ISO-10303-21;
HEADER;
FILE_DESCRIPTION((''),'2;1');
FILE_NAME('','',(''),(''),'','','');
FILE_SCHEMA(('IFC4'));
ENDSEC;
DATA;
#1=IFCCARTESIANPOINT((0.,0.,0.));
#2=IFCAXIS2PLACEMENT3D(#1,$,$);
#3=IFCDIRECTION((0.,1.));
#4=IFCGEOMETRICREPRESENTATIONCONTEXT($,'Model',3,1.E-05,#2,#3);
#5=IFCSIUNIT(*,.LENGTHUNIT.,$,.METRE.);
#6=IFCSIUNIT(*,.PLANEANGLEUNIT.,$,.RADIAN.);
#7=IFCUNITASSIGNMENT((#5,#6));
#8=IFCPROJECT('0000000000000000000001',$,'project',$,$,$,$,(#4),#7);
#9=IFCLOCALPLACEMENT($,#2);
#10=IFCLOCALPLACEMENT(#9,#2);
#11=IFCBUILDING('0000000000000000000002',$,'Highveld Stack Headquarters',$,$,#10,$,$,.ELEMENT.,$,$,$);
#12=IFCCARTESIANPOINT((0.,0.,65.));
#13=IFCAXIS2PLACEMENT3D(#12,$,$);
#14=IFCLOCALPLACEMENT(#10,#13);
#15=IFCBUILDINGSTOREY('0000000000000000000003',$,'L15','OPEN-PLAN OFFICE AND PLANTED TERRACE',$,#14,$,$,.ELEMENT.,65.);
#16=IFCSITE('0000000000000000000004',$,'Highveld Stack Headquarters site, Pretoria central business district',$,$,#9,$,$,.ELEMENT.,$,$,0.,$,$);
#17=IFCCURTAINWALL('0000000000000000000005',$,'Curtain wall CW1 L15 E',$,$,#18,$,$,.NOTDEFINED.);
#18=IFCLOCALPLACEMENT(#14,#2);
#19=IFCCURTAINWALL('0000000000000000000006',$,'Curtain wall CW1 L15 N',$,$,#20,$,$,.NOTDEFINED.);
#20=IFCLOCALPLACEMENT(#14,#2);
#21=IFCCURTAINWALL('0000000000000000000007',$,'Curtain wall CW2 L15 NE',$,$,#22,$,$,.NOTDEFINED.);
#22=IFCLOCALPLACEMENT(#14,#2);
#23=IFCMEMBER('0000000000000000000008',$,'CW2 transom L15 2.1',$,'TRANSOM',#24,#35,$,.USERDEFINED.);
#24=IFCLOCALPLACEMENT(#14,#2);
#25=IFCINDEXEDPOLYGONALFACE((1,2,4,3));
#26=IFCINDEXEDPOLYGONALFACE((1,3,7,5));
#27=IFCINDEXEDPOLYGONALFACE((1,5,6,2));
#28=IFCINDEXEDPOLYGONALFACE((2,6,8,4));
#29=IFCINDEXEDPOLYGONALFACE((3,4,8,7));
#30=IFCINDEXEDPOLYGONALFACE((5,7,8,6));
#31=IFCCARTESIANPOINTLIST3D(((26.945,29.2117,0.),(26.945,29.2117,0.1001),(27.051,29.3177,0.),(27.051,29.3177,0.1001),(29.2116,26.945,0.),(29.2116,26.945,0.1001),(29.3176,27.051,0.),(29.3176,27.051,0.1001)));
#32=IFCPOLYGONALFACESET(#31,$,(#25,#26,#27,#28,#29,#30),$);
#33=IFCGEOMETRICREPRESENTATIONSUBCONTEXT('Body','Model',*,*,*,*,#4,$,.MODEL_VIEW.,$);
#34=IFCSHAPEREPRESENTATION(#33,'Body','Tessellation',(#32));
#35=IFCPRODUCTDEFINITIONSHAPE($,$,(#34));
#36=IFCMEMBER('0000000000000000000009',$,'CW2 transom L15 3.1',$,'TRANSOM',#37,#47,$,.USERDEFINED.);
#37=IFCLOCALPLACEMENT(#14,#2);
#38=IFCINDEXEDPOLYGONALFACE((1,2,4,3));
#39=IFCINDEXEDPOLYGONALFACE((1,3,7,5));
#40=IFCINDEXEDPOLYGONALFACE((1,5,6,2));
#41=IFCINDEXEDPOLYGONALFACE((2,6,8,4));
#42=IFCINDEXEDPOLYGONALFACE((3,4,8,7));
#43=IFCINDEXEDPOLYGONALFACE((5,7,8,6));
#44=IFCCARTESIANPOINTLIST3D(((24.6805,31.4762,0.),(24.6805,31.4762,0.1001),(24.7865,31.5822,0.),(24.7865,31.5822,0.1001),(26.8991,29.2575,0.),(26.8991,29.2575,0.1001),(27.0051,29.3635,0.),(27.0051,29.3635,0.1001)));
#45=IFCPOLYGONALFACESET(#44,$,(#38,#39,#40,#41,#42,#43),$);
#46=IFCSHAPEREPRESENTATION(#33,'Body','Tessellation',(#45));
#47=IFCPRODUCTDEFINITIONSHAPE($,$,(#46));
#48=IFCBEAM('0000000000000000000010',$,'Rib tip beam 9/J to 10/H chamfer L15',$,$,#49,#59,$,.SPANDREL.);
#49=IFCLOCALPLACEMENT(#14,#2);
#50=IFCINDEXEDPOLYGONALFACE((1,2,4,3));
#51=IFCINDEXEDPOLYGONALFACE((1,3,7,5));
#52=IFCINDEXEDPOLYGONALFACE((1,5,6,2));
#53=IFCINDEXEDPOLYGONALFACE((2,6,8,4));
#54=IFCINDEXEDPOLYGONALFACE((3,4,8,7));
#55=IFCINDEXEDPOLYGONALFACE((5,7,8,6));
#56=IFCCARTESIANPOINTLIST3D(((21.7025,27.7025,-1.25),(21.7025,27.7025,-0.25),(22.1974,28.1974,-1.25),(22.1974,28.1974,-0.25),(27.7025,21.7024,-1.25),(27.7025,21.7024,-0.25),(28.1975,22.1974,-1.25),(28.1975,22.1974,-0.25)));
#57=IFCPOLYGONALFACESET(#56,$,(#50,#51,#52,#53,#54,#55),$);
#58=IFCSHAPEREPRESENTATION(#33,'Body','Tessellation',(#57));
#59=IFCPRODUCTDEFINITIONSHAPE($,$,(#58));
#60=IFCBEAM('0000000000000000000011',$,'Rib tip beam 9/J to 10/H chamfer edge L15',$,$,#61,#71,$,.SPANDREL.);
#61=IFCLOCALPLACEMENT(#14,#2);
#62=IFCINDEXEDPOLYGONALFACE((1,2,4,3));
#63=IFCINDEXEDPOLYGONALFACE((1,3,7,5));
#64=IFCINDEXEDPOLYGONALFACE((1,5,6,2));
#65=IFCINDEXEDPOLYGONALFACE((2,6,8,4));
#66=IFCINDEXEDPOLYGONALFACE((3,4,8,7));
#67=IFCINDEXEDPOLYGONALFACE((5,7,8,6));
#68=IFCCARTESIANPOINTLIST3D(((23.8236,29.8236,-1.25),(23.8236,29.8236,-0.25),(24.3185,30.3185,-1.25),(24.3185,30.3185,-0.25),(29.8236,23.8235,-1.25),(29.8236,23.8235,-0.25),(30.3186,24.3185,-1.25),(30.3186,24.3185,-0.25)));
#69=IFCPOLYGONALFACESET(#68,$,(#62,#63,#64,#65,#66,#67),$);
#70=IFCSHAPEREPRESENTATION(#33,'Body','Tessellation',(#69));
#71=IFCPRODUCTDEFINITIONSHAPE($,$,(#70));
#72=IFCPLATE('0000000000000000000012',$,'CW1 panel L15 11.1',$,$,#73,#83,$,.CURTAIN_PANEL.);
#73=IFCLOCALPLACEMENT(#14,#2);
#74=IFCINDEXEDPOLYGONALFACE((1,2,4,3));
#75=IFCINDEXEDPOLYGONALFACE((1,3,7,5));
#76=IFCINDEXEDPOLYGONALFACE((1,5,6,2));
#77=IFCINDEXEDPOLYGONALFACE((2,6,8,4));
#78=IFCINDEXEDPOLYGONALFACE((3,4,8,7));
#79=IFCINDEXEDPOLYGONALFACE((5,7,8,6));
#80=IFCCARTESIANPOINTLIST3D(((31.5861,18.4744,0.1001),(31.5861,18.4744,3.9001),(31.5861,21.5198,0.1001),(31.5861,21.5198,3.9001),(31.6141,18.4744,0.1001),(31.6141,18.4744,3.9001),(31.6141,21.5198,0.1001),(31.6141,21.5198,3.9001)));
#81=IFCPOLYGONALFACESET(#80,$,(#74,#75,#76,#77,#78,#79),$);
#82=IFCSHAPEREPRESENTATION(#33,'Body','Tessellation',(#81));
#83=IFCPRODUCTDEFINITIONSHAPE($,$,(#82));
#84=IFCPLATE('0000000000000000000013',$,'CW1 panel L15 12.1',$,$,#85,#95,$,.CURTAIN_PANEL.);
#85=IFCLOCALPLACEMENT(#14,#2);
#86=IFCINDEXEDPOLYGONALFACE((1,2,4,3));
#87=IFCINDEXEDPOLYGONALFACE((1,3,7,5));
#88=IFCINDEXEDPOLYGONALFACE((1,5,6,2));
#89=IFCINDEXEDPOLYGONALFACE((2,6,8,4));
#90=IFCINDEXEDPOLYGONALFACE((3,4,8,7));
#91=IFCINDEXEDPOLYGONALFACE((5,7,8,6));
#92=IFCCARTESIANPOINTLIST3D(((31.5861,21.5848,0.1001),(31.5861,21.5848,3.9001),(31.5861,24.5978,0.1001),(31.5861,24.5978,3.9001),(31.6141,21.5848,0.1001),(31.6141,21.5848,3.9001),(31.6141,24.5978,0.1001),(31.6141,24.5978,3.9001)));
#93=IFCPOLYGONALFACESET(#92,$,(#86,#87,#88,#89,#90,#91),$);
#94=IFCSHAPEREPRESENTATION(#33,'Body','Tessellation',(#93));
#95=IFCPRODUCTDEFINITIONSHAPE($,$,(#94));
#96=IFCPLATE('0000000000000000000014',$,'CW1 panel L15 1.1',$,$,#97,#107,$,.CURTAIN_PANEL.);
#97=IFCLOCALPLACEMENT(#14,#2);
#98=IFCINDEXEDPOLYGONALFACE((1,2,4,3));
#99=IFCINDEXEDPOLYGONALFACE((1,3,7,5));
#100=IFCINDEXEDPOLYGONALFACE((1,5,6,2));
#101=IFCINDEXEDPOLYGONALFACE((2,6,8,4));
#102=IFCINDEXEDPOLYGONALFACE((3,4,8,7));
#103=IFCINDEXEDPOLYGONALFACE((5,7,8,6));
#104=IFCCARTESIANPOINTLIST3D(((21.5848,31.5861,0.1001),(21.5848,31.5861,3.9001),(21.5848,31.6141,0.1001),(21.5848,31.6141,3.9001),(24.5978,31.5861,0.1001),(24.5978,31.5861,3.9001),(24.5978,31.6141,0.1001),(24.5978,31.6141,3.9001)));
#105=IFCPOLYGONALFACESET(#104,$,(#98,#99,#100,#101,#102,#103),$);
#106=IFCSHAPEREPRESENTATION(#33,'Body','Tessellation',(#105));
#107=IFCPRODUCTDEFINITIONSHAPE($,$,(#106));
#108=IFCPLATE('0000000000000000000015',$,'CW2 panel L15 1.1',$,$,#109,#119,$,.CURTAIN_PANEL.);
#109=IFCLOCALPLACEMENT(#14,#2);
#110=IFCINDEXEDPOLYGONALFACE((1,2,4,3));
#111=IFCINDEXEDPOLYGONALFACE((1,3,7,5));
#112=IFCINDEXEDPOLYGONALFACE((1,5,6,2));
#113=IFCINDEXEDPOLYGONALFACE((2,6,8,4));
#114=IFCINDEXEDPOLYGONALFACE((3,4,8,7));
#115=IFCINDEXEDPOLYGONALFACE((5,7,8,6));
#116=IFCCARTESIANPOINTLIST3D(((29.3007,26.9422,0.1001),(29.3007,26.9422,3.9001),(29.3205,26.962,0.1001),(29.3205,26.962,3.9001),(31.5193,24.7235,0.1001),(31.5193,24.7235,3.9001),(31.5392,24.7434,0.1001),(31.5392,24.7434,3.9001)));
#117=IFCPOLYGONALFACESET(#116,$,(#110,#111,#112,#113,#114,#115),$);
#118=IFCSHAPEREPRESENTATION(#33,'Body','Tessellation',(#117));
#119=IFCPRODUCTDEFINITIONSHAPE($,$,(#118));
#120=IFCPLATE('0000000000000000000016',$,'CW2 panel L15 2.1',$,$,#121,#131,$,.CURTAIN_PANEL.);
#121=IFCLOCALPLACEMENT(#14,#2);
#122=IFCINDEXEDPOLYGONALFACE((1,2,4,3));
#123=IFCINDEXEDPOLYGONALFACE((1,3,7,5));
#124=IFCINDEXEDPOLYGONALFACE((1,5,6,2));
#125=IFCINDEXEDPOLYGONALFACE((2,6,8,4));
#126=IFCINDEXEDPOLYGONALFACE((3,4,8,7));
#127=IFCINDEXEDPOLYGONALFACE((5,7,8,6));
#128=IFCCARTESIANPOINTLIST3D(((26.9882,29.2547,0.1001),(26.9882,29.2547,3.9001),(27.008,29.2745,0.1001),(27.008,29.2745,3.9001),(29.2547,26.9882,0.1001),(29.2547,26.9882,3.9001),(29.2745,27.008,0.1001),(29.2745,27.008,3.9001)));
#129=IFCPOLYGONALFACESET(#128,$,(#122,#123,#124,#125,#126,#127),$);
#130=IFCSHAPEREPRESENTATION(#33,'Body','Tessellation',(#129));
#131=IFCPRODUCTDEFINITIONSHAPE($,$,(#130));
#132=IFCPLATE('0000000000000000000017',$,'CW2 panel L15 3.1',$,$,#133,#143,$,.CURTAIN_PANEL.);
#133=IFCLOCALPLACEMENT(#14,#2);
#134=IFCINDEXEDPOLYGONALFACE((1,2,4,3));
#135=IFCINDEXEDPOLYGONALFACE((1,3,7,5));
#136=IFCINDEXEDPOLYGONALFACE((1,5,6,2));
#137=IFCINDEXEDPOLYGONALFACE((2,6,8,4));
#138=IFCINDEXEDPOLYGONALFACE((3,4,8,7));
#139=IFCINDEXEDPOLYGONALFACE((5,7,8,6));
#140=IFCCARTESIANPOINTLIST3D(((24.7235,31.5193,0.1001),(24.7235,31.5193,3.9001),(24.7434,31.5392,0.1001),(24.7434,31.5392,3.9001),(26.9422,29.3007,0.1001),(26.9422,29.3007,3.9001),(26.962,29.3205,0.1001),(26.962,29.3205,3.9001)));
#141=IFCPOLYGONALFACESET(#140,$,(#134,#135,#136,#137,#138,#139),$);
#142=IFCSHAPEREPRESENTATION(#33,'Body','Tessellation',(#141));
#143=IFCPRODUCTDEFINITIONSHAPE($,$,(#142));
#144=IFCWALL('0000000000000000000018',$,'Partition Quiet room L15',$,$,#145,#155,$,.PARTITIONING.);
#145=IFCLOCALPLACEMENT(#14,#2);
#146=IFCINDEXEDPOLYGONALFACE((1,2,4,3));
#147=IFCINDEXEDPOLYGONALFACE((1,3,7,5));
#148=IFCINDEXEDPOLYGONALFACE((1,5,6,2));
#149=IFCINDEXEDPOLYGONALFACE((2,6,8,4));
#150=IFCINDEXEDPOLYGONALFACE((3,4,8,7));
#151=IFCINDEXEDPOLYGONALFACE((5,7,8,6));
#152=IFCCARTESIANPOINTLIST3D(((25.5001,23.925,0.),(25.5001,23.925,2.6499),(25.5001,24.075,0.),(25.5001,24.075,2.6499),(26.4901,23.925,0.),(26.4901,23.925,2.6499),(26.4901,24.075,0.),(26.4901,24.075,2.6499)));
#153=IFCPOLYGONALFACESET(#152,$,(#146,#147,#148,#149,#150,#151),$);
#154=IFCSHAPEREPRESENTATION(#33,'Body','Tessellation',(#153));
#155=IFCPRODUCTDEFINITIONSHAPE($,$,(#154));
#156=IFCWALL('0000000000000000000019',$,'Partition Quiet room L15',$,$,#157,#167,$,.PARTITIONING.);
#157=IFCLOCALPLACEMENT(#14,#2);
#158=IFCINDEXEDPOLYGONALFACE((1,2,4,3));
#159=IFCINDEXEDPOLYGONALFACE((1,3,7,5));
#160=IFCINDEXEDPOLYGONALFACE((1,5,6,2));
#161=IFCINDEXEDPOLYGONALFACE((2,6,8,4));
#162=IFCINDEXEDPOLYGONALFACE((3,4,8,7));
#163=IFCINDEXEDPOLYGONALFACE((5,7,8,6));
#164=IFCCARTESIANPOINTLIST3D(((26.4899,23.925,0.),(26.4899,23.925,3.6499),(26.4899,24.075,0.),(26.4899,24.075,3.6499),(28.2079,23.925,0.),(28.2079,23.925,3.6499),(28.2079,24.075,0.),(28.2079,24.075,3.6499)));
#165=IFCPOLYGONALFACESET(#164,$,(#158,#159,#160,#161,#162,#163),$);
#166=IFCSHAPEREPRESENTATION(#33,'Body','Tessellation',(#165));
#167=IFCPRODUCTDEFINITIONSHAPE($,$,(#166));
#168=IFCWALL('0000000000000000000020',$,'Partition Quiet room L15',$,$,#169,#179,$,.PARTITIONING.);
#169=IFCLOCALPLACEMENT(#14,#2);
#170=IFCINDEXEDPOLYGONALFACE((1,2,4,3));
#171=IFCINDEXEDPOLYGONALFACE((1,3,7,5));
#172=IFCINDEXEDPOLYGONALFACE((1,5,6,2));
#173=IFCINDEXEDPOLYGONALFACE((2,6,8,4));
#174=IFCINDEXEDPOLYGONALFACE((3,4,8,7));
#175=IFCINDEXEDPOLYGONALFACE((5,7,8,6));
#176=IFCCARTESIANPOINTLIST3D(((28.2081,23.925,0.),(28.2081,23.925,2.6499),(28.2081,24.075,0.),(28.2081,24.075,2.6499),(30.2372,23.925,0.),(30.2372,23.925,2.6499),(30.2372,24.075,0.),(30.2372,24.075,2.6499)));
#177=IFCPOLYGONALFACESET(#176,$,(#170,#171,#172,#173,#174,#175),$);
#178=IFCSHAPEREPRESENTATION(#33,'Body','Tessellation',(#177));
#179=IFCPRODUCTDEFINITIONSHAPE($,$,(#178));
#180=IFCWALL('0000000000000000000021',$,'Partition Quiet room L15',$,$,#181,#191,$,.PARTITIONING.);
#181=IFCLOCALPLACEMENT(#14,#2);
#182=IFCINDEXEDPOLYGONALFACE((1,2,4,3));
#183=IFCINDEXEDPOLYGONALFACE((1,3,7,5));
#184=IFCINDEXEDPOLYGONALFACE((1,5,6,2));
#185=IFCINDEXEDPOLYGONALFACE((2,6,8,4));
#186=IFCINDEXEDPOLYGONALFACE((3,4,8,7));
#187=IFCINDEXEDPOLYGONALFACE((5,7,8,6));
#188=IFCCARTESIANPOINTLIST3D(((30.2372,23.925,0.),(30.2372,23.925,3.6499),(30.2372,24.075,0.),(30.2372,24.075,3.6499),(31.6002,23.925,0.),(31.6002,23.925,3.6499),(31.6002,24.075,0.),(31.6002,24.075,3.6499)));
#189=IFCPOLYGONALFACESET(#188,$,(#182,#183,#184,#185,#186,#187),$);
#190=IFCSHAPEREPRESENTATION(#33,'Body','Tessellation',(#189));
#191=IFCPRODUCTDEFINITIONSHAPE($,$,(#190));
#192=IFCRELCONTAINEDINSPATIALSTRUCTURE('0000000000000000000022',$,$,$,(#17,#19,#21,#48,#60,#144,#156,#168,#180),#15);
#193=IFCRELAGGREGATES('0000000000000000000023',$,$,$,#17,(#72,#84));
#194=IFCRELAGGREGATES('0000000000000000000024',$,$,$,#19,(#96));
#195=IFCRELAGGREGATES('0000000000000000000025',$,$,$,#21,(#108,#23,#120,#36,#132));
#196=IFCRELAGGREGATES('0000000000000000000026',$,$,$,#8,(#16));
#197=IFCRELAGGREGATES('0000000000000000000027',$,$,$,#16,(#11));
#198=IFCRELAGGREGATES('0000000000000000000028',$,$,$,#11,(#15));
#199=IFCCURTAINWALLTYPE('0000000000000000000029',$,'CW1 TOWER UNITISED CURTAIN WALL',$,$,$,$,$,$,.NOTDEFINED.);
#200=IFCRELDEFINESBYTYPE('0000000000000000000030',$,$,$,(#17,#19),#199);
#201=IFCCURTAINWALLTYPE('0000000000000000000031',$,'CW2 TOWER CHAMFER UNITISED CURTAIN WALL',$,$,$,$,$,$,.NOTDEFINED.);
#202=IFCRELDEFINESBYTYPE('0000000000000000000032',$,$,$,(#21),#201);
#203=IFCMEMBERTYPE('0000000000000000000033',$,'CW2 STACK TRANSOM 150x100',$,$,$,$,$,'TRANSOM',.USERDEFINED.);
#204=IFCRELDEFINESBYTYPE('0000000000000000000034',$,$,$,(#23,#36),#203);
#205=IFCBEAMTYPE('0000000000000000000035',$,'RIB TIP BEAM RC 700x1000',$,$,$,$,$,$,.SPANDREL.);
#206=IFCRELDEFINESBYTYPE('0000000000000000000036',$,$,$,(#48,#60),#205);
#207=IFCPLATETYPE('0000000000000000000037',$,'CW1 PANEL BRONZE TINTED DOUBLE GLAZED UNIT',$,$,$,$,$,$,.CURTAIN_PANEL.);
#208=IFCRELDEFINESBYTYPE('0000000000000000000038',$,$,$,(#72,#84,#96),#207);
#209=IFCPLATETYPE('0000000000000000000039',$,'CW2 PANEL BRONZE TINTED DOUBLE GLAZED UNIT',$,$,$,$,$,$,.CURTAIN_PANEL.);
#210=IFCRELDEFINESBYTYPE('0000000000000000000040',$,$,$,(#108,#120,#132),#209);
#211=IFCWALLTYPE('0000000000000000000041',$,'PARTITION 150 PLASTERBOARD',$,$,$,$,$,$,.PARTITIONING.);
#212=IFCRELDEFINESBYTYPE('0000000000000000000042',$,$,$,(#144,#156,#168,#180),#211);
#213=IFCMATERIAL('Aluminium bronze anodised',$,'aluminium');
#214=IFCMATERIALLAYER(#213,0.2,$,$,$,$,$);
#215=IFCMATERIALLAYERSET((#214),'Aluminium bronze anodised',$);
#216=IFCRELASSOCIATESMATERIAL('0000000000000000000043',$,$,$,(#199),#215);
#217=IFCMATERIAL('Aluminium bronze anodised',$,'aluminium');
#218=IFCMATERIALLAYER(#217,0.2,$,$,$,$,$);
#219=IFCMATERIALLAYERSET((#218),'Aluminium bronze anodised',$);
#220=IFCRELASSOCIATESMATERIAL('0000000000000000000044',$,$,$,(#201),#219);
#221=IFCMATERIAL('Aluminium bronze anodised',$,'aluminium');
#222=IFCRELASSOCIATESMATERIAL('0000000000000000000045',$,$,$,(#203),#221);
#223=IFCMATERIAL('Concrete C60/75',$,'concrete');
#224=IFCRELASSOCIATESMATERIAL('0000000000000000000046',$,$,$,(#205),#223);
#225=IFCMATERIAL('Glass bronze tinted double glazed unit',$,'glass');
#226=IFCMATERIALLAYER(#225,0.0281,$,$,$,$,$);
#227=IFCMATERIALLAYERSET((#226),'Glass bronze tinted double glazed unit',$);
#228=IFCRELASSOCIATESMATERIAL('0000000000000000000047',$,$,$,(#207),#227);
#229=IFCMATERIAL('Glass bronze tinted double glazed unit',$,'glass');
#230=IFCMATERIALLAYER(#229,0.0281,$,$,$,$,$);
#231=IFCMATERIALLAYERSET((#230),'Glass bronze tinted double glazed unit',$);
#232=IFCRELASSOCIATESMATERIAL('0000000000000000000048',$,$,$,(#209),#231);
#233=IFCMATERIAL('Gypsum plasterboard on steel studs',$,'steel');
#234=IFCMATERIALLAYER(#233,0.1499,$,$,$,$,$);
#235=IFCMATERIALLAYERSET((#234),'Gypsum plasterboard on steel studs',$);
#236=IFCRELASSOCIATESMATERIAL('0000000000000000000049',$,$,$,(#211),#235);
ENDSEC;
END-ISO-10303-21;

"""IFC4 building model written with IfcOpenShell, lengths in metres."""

from ifc_helpers import new_model, si_unit, direction, frame, frame_2d, origin, origin_2d, place, context, subcontext, project, spatial, rectangle, extrude, material, layer, layer_set, material_profile, profile_set, type_object, element, aggregate, save


model = new_model("IFC4")

# Units and contexts
model_context = context("Model", 3, precision=1e-05, world=origin(), true_north=direction((0.0, 1.0)))
body_context = subcontext(model_context, "Body", "Model", "MODEL_VIEW")
ifc_project = project(units=[si_unit("LENGTHUNIT", "METRE"), si_unit("PLANEANGLEUNIT", "RADIAN")], contexts=[model_context])

# Site, building, storey
site_placement = place(None, origin())
site = spatial("IfcSite", under=ifc_project, at=site_placement, Name="Highveld Stack Headquarters site, Pretoria central business district", CompositionType="ELEMENT", RefElevation=0.0)
building_placement = place(site_placement, origin())
building = spatial("IfcBuilding", under=site, at=building_placement, Name="Highveld Stack Headquarters", CompositionType="ELEMENT")
storey_placement = place(building_placement, frame((0.0, 0.0, 65.0)))
storey = spatial("IfcBuildingStorey", under=building, at=storey_placement, Name="L15", Description="OPEN-PLAN OFFICE AND PLANTED TERRACE", CompositionType="ELEMENT", Elevation=65.0)

# Curtain wall
ifc_material_1 = material(Name="Aluminium bronze anodised", Category="aluminium")
ifc_layer_1 = layer(ifc_material_1, 0.2)
ifc_layer_set_1 = layer_set([ifc_layer_1], Name="Aluminium bronze anodised")
curtain_wall_type_1 = type_object("IfcCurtainWallType", Name="CW1 TOWER UNITISED CURTAIN WALL", PredefinedType="NOTDEFINED", material=ifc_layer_set_1)
curtain_wall_1_placement = place(storey_placement, origin())
curtain_wall_1 = element("IfcCurtainWall", 1, at=curtain_wall_1_placement, inside=storey, type_object=curtain_wall_type_1, Name="Curtain wall CW1 L15 E", PredefinedType="NOTDEFINED")

# Curtain wall
curtain_wall_2_placement = place(storey_placement, origin())
curtain_wall_2 = element("IfcCurtainWall", 2, at=curtain_wall_2_placement, inside=storey, type_object=curtain_wall_type_1, Name="Curtain wall CW1 L15 N", PredefinedType="NOTDEFINED")

# Curtain wall, members
ifc_material_2 = material(Name="Aluminium bronze anodised", Category="aluminium")
ifc_layer_2 = layer(ifc_material_2, 0.2)
ifc_layer_set_2 = layer_set([ifc_layer_2], Name="Aluminium bronze anodised")
curtain_wall_type_2 = type_object("IfcCurtainWallType", Name="CW2 TOWER CHAMFER UNITISED CURTAIN WALL", PredefinedType="NOTDEFINED", material=ifc_layer_set_2)
curtain_wall_3_placement = place(storey_placement, origin())
curtain_wall_3 = element("IfcCurtainWall", 3, at=curtain_wall_3_placement, inside=storey, type_object=curtain_wall_type_2, Name="Curtain wall CW2 L15 NE", PredefinedType="NOTDEFINED")
ifc_material_3 = material(Name="Aluminium bronze anodised", Category="aluminium")
ifc_material_profile_1 = material_profile(ifc_material_3, rectangle(XDim=0.1499, YDim=0.1001, at=origin_2d()), Name="CW2 TRANSOM 150x100")
ifc_profile_set_1 = profile_set([ifc_material_profile_1], Name="Aluminium bronze anodised")
member_type_1 = type_object("IfcMemberType", Name="CW2 STACK TRANSOM 150x100", ElementType="TRANSOM", PredefinedType="USERDEFINED", material=ifc_profile_set_1)
member_1_placement = place(storey_placement, frame((29.2646, 26.998, 0.05), z_axis=(-0.707107, 0.707107, 0.0), x_axis=(-0.707107, -0.707107, 0.0)))
member_1 = element("IfcMember", 4, at=member_1_placement, type_object=member_type_1, Name="CW2 transom L15 2.1", ObjectType="TRANSOM", PredefinedType="USERDEFINED", context=body_context, shape_type="SweptSolid", body=[
    extrude(rectangle(XDim=0.1499, YDim=0.1001, at=origin_2d()), origin(), (0.0, 0.0, 1.0), 3.2056),
])
member_2_placement = place(storey_placement, frame((26.9521, 29.3105, 0.05), z_axis=(-0.707107, 0.707107, 0.0), x_axis=(-0.707107, -0.707107, 0.0)))
member_2 = element("IfcMember", 5, at=member_2_placement, type_object=member_type_1, Name="CW2 transom L15 3.1", ObjectType="TRANSOM", PredefinedType="USERDEFINED", context=body_context, shape_type="SweptSolid", body=[
    extrude(rectangle(XDim=0.1499, YDim=0.1001, at=origin_2d()), origin(), (0.0, 0.0, 1.0), 3.1377),
])

# Beams
ifc_material_4 = material(Name="Concrete C60/75", Category="concrete")
ifc_material_profile_2 = material_profile(ifc_material_4, rectangle(XDim=0.7, YDim=1.0, at=origin_2d()), Name="RC 700x1000")
ifc_profile_set_2 = profile_set([ifc_material_profile_2], Name="Concrete C60/75")
beam_type = type_object("IfcBeamType", Name="RIB TIP BEAM RC 700x1000", PredefinedType="SPANDREL", material=ifc_profile_set_2)
for number, where, z_axis, x_axis, name in (
    (6, (21.95, 27.95, -0.75), (0.707107, -0.707107, 0.0), (0.707107, 0.707107, 0.0), "Rib tip beam 9/J to 10/H chamfer L15"),
    (7, (24.071, 30.071, -0.75), (0.707107, -0.707107, 0.0), (0.707107, 0.707107, 0.0), "Rib tip beam 9/J to 10/H chamfer edge L15"),
):
    element("IfcBeam", number, at=place(storey_placement, frame(where, z_axis=z_axis, x_axis=x_axis)), inside=storey, type_object=beam_type, Name=name, PredefinedType="SPANDREL", context=body_context, shape_type="SweptSolid", body=[
        extrude(rectangle(XDim=0.7, YDim=1.0, at=origin_2d()), origin(), (0.0, 0.0, 1.0), 8.4854),
    ])

# Plates
ifc_material_5 = material(Name="Glass bronze tinted double glazed unit", Category="glass")
ifc_layer_3 = layer(ifc_material_5, 0.0281)
ifc_layer_set_3 = layer_set([ifc_layer_3], Name="Glass bronze tinted double glazed unit")
plate_type_1 = type_object("IfcPlateType", Name="CW1 PANEL BRONZE TINTED DOUBLE GLAZED UNIT", PredefinedType="CURTAIN_PANEL", material=ifc_layer_set_3)
plate_1_placement = place(storey_placement, frame((31.6001, 19.9971, 0.1001), z_axis=(0.0, 0.0, 1.0), x_axis=(0.0, 1.0, 0.0)))
plate_1 = element("IfcPlate", 8, at=plate_1_placement, type_object=plate_type_1, Name="CW1 panel L15 11.1", PredefinedType="CURTAIN_PANEL", context=body_context, shape_type="SweptSolid", body=[
    extrude(rectangle(XDim=3.0454, YDim=0.0281, at=origin_2d()), origin(), (0.0, 0.0, 1.0), 3.8),
])
plate_2_placement = place(storey_placement, frame((31.6001, 23.0913, 0.1001), z_axis=(0.0, 0.0, 1.0), x_axis=(0.0, 1.0, 0.0)))
plate_2 = element("IfcPlate", 9, at=plate_2_placement, type_object=plate_type_1, Name="CW1 panel L15 12.1", PredefinedType="CURTAIN_PANEL", context=body_context, shape_type="SweptSolid", body=[
    extrude(rectangle(XDim=3.0129, YDim=0.0281, at=origin_2d()), origin(), (0.0, 0.0, 1.0), 3.8),
])
aggregate(curtain_wall_1, [plate_1, plate_2])
plate_3_placement = place(storey_placement, frame((23.0913, 31.6001, 0.1001), z_axis=(0.0, 0.0, 1.0), x_axis=(-1.0, 0.0, 0.0)))
plate_3 = element("IfcPlate", 10, at=plate_3_placement, type_object=plate_type_1, Name="CW1 panel L15 1.1", PredefinedType="CURTAIN_PANEL", context=body_context, shape_type="SweptSolid", body=[
    extrude(rectangle(XDim=3.0129, YDim=0.0281, at=origin_2d()), origin(), (0.0, 0.0, 1.0), 3.8),
])
aggregate(curtain_wall_2, [plate_3])
ifc_material_6 = material(Name="Glass bronze tinted double glazed unit", Category="glass")
ifc_layer_4 = layer(ifc_material_6, 0.0281)
ifc_layer_set_4 = layer_set([ifc_layer_4], Name="Glass bronze tinted double glazed unit")
plate_type_2 = type_object("IfcPlateType", Name="CW2 PANEL BRONZE TINTED DOUBLE GLAZED UNIT", PredefinedType="CURTAIN_PANEL", material=ifc_layer_set_4)
plate_4_placement = place(storey_placement, frame((30.4199, 25.8428, 0.1001), z_axis=(0.0, 0.0, 1.0), x_axis=(-0.707107, 0.707107, 0.0)))
plate_4 = element("IfcPlate", 11, at=plate_4_placement, type_object=plate_type_2, Name="CW2 panel L15 1.1", PredefinedType="CURTAIN_PANEL", context=body_context, shape_type="SweptSolid", body=[
    extrude(rectangle(XDim=3.1377, YDim=0.0281, at=origin_2d()), origin(), (0.0, 0.0, 1.0), 3.8),
])
plate_5_placement = place(storey_placement, frame((28.1313, 28.1313, 0.1001), z_axis=(0.0, 0.0, 1.0), x_axis=(-0.707107, 0.707107, 0.0)))
plate_5 = element("IfcPlate", 12, at=plate_5_placement, type_object=plate_type_2, Name="CW2 panel L15 2.1", PredefinedType="CURTAIN_PANEL", context=body_context, shape_type="SweptSolid", body=[
    extrude(rectangle(XDim=3.2053, YDim=0.0281, at=origin_2d()), origin(), (0.0, 0.0, 1.0), 3.8),
])
plate_6_placement = place(storey_placement, frame((25.8428, 30.4199, 0.1001), z_axis=(0.0, 0.0, 1.0), x_axis=(-0.707107, 0.707107, 0.0)))
plate_6 = element("IfcPlate", 13, at=plate_6_placement, type_object=plate_type_2, Name="CW2 panel L15 3.1", PredefinedType="CURTAIN_PANEL", context=body_context, shape_type="SweptSolid", body=[
    extrude(rectangle(XDim=3.1377, YDim=0.0281, at=origin_2d()), origin(), (0.0, 0.0, 1.0), 3.8),
])
aggregate(curtain_wall_3, [plate_4, member_1, plate_5, member_2, plate_6])

# Walls
ifc_material_7 = material(Name="Gypsum plasterboard on steel studs", Category="steel")
ifc_layer_5 = layer(ifc_material_7, 0.1499)
ifc_layer_set_5 = layer_set([ifc_layer_5], Name="Gypsum plasterboard on steel studs")
wall_type = type_object("IfcWallType", Name="PARTITION 150 PLASTERBOARD", PredefinedType="PARTITIONING", material=ifc_layer_set_5)
wall_1_placement = place(storey_placement, frame((25.5, 24.0, 0.0), z_axis=(0.0, 0.0, 1.0), x_axis=(1.0, 0.0, 0.0)))
element("IfcWall", 14, at=wall_1_placement, inside=storey, type_object=wall_type, Name="Partition Quiet room L15", PredefinedType="PARTITIONING", context=body_context, shape_type="SweptSolid", body=[
    extrude(rectangle(XDim=0.99, YDim=0.1499, at=frame_2d((0.4951, 0.0))), origin(), (0.0, 0.0, 1.0), 2.6499),
])
wall_2_placement = place(storey_placement, frame((26.49, 24.0, 0.0), z_axis=(0.0, 0.0, 1.0), x_axis=(1.0, 0.0, 0.0)))
element("IfcWall", 15, at=wall_2_placement, inside=storey, type_object=wall_type, Name="Partition Quiet room L15", PredefinedType="PARTITIONING", context=body_context, shape_type="SweptSolid", body=[
    extrude(rectangle(XDim=1.718, YDim=0.1499, at=frame_2d((0.8589, 0.0))), origin(), (0.0, 0.0, 1.0), 3.6499),
])
wall_3_placement = place(storey_placement, frame((28.208, 24.0, 0.0), z_axis=(0.0, 0.0, 1.0), x_axis=(1.0, 0.0, 0.0)))
element("IfcWall", 16, at=wall_3_placement, inside=storey, type_object=wall_type, Name="Partition Quiet room L15", PredefinedType="PARTITIONING", context=body_context, shape_type="SweptSolid", body=[
    extrude(rectangle(XDim=2.0291, YDim=0.1499, at=frame_2d((1.0146, 0.0))), origin(), (0.0, 0.0, 1.0), 2.6499),
])
wall_4_placement = place(storey_placement, frame((30.2371, 24.0, 0.0), z_axis=(0.0, 0.0, 1.0), x_axis=(1.0, 0.0, 0.0)))
element("IfcWall", 17, at=wall_4_placement, inside=storey, type_object=wall_type, Name="Partition Quiet room L15", PredefinedType="PARTITIONING", context=body_context, shape_type="SweptSolid", body=[
    extrude(rectangle(XDim=1.363, YDim=0.1499, at=frame_2d((0.6816, 0.0))), origin(), (0.0, 0.0, 1.0), 3.6499),
])

save(model, "model.ifc")
